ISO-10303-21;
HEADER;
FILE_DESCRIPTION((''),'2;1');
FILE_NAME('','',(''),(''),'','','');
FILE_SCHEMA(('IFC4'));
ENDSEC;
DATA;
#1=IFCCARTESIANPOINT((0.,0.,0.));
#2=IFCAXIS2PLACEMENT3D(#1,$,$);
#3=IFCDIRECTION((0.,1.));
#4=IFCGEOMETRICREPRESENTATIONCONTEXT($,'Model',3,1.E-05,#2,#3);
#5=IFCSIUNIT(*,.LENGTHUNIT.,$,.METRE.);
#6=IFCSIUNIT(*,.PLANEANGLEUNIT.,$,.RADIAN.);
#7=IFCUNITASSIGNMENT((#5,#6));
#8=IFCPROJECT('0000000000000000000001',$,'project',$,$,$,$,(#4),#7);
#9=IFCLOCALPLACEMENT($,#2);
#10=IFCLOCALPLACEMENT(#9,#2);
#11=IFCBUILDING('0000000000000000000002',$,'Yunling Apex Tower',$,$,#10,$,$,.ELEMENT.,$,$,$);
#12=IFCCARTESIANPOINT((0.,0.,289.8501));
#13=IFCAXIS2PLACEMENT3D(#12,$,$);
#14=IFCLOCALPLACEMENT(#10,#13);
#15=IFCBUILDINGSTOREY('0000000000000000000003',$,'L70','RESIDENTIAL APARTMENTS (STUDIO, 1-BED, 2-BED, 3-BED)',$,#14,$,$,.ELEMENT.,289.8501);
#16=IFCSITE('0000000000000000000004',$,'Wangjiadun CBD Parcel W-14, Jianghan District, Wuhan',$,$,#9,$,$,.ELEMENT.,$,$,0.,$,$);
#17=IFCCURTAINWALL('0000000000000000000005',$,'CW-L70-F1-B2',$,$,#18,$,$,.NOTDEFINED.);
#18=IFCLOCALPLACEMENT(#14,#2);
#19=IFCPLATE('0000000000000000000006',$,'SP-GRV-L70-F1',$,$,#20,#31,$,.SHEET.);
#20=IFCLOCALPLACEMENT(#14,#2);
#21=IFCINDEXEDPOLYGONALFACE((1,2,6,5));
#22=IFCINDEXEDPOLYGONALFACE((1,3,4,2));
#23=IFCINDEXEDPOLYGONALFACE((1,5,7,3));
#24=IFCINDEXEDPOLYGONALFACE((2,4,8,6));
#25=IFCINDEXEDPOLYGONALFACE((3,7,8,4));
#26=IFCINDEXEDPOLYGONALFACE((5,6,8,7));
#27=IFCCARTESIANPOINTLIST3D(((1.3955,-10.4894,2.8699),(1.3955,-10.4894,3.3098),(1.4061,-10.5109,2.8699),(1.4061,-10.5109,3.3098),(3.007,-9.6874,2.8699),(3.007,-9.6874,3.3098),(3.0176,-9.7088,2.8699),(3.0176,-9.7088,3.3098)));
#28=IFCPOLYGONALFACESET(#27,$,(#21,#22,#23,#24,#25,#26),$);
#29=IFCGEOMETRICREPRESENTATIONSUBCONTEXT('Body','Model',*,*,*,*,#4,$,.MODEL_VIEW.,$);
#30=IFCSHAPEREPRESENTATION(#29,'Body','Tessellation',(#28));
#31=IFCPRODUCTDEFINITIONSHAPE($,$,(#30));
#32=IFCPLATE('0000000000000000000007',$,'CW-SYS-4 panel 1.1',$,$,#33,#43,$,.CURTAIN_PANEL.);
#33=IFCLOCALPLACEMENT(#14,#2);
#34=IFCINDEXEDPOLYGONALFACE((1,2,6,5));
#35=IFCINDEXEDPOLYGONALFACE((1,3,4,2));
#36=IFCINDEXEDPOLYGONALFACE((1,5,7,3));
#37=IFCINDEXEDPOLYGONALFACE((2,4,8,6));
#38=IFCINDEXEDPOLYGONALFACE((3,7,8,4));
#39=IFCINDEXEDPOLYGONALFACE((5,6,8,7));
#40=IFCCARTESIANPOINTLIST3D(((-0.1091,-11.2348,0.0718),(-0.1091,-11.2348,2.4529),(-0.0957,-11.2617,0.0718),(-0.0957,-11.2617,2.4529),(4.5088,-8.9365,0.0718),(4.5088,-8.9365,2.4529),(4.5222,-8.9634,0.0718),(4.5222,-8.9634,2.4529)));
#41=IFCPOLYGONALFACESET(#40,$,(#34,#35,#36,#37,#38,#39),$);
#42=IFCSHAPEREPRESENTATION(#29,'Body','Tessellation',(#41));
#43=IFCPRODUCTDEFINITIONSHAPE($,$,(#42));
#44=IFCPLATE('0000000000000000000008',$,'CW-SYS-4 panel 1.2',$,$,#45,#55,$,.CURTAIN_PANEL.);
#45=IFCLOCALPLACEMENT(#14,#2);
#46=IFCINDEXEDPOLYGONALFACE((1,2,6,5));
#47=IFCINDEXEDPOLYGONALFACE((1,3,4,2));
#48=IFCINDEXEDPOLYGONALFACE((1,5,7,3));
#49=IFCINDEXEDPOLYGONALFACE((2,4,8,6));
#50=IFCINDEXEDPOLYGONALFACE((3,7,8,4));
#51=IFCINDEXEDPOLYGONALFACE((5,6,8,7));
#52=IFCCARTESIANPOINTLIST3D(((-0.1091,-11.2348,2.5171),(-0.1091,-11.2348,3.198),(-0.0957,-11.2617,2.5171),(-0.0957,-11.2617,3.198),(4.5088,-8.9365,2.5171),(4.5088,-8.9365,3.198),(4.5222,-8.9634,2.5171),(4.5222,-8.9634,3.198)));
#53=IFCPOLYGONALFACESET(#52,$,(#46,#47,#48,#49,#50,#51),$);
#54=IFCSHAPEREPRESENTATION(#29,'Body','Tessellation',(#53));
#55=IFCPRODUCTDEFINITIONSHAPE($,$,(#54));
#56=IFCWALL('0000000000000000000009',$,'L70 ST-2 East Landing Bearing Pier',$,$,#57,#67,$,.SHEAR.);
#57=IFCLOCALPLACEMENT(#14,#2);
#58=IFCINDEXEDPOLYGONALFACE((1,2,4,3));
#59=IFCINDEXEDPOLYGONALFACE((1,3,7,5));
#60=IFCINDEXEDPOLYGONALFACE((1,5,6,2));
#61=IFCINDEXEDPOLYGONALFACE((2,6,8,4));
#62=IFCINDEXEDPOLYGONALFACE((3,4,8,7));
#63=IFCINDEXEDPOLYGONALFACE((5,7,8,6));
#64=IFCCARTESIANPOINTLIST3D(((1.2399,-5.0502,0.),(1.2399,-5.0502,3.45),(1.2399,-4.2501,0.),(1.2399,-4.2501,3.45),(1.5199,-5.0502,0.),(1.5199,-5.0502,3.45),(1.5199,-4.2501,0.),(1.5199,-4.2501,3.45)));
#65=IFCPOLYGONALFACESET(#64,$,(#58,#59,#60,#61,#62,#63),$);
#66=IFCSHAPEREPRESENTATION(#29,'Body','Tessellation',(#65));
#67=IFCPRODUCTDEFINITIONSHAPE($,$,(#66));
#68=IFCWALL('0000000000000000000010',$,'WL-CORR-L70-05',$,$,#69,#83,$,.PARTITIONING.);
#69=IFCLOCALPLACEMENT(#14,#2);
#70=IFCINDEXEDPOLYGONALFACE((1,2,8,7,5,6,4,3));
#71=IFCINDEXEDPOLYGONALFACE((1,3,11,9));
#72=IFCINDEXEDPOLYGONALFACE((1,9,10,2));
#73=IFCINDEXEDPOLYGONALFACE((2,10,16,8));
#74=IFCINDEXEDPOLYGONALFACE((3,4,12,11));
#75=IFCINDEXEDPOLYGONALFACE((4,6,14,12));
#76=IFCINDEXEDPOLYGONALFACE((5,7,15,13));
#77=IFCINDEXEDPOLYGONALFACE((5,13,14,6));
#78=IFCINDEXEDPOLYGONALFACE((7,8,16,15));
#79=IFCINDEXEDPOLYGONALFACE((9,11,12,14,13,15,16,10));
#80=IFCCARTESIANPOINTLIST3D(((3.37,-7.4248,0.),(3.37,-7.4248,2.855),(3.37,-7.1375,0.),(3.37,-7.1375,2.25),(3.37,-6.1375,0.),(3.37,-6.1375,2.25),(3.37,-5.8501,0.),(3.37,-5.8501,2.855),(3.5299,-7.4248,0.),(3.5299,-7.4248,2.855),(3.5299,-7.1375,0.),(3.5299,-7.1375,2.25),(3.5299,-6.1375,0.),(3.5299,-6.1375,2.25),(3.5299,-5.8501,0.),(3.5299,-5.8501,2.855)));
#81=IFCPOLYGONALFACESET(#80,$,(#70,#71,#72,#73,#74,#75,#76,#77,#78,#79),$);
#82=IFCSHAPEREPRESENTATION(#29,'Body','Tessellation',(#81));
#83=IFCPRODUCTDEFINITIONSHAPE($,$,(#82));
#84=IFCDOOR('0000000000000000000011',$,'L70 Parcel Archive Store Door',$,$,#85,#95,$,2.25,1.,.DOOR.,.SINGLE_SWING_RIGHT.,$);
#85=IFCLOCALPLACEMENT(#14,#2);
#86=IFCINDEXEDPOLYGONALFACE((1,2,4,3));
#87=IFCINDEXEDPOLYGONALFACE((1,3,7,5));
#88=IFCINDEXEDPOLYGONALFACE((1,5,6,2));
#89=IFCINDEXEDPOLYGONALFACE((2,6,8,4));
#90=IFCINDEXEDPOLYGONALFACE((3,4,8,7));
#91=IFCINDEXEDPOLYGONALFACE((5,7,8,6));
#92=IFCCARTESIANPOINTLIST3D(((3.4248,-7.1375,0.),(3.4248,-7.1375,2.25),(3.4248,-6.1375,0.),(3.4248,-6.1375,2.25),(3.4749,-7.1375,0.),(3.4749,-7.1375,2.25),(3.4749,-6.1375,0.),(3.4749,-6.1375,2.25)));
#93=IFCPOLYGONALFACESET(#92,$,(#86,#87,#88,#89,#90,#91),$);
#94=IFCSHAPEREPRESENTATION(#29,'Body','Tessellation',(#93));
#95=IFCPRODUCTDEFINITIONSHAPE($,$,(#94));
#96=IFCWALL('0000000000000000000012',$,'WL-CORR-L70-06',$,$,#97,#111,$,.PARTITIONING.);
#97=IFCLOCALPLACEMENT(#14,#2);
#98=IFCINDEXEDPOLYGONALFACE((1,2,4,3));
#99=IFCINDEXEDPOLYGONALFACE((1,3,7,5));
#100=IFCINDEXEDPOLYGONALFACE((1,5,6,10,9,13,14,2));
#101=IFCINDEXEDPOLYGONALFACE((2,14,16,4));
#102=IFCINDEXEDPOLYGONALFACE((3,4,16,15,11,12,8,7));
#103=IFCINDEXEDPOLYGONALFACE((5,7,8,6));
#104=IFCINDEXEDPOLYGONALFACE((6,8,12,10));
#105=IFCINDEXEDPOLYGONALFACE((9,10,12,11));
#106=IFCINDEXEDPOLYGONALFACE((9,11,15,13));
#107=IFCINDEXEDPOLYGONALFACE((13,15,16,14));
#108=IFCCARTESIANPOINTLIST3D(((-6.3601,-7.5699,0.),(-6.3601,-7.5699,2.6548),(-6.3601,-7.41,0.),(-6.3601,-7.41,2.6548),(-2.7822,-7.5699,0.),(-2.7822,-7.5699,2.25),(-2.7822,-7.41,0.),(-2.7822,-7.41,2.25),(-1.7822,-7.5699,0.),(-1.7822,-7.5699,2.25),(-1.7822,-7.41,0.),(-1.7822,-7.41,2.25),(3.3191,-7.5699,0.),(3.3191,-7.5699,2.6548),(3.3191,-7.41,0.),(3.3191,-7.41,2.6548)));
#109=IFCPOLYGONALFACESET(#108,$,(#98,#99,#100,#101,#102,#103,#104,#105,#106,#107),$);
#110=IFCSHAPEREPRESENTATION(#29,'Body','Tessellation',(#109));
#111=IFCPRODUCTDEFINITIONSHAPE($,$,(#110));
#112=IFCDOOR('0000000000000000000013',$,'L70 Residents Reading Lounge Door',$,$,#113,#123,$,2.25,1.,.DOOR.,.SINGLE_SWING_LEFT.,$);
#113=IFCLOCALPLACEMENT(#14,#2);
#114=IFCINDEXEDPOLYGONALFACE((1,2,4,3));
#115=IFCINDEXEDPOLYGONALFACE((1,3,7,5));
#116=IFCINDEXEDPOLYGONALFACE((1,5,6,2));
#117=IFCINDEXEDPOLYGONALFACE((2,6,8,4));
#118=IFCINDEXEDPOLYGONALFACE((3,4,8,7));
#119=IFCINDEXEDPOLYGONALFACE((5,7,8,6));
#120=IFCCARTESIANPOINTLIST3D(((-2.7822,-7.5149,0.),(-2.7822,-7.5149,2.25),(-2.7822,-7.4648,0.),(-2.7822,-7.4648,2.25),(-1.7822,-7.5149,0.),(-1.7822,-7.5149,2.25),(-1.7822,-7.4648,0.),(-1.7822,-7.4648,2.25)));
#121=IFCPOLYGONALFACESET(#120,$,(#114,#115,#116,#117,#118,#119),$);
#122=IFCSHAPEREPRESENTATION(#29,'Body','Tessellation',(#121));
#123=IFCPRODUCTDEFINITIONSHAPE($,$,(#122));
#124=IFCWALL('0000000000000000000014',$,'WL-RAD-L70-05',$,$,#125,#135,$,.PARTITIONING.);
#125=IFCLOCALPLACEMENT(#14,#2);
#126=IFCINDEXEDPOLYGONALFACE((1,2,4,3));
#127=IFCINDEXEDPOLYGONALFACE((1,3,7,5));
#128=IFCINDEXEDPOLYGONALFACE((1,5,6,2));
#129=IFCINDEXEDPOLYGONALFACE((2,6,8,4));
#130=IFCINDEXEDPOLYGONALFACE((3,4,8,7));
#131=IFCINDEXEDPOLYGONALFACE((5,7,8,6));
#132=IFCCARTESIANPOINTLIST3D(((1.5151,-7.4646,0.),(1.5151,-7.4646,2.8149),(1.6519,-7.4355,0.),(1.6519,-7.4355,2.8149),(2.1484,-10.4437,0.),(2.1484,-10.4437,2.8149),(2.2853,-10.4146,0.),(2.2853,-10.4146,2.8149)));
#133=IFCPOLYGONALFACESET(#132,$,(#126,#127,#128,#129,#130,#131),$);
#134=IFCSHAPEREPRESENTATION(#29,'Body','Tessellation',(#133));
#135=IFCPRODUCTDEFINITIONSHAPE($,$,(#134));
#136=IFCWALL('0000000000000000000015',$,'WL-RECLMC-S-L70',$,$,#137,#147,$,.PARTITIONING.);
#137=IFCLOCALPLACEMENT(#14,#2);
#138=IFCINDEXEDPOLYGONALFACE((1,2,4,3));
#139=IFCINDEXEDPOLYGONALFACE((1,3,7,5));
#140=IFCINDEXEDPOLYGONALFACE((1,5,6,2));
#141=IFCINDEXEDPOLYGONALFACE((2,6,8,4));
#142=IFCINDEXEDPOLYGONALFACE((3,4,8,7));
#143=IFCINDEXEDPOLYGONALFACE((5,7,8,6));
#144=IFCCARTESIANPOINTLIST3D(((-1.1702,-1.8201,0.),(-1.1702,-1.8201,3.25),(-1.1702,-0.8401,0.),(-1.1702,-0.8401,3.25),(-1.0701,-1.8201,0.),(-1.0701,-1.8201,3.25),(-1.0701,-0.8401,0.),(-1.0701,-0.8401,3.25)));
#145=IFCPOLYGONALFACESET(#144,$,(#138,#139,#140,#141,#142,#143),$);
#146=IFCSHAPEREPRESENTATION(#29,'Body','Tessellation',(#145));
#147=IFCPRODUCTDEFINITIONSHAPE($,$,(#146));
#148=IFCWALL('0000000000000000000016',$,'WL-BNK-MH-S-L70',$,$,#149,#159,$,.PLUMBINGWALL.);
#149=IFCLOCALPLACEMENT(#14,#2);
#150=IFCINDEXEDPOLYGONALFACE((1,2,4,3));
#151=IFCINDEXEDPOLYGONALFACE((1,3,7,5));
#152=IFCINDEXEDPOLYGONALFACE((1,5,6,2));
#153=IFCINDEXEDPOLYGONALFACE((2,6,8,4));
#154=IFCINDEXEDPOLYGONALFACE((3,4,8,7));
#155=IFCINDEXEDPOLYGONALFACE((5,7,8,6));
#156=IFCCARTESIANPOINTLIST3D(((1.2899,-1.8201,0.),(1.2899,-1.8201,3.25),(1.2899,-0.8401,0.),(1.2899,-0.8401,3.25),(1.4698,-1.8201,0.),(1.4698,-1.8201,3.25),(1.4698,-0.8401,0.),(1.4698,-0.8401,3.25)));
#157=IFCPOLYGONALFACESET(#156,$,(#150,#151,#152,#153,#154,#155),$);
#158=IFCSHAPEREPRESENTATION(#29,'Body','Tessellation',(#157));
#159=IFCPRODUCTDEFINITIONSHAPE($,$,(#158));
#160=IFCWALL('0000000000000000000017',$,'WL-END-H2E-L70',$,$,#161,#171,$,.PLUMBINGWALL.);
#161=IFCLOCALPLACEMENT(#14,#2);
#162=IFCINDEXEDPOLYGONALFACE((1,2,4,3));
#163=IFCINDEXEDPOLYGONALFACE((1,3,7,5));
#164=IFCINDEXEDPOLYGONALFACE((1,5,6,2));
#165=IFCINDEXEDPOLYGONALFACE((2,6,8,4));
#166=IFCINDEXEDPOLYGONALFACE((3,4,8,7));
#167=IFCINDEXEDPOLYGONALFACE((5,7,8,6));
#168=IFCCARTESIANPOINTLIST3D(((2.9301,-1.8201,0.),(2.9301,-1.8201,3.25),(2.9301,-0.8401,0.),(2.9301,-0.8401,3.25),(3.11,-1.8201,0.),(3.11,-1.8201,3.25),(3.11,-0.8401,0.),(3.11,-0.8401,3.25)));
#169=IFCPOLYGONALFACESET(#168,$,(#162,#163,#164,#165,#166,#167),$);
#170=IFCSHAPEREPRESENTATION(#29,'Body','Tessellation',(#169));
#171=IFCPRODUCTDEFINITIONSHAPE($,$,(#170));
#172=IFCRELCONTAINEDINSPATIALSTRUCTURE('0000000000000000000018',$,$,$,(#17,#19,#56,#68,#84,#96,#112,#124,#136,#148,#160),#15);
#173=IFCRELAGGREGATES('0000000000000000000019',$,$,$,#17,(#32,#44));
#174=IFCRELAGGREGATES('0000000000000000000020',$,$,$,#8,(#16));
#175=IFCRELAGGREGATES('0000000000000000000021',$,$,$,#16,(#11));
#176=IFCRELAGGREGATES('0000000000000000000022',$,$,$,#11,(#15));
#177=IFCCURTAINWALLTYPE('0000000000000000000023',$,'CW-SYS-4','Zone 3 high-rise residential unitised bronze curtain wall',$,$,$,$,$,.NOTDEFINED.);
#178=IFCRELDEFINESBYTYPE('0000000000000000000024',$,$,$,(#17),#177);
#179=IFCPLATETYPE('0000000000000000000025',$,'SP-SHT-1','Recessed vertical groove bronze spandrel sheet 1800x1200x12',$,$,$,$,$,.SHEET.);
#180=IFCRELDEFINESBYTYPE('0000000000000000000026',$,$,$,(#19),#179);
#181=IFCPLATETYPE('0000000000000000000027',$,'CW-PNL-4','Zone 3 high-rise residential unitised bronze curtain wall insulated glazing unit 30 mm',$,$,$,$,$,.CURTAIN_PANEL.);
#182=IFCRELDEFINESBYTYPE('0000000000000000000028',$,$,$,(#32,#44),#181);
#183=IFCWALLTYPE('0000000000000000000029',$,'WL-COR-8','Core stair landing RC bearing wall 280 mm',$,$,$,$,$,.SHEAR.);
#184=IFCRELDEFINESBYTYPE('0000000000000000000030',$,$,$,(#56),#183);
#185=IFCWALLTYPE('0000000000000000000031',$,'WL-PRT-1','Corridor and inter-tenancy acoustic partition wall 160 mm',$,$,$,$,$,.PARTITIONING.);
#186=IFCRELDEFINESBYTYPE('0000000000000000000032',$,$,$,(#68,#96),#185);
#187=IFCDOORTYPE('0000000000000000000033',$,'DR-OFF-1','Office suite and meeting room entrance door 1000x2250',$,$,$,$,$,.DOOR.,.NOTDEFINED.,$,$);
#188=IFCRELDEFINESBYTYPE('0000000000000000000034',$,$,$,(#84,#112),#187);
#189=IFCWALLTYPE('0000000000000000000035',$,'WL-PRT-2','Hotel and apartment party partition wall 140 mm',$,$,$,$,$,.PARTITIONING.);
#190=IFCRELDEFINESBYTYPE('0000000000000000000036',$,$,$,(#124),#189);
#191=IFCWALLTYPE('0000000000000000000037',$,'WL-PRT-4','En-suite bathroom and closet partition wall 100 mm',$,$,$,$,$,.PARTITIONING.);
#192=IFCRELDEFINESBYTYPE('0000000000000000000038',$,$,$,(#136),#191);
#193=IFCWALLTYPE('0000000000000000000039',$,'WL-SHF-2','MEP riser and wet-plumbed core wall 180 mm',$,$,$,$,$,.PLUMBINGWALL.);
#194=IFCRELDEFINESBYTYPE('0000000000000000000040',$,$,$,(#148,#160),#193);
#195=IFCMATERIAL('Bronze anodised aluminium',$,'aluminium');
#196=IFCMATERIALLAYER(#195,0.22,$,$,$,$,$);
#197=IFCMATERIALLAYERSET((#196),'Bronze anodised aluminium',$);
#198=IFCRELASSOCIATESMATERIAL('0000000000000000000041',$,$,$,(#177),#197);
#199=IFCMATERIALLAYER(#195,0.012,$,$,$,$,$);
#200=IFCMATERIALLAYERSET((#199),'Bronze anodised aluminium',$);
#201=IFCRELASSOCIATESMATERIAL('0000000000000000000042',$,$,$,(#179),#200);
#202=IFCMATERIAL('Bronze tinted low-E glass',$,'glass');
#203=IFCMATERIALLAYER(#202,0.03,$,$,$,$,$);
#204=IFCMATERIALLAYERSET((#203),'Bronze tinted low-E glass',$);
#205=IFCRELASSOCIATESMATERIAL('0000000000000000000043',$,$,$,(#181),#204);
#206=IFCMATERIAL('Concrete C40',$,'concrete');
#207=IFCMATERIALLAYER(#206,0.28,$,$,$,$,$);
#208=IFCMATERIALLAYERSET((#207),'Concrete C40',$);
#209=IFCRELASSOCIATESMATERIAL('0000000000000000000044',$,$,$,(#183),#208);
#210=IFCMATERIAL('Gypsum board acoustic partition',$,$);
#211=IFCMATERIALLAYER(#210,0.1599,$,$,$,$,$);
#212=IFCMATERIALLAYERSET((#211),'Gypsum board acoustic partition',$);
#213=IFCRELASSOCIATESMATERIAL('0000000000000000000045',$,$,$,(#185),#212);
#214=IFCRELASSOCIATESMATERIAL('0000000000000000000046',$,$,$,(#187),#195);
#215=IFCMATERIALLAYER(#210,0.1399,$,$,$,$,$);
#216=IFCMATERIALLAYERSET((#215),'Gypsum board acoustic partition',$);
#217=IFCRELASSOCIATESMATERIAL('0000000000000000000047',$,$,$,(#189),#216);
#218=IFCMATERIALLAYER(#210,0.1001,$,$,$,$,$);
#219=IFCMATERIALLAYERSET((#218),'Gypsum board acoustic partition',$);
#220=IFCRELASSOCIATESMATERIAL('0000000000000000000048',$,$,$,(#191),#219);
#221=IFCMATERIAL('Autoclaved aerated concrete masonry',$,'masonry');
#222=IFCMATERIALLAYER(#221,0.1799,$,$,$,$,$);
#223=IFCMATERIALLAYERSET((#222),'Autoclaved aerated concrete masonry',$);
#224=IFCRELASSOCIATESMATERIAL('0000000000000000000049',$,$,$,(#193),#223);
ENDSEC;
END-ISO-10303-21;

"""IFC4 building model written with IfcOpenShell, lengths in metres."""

from ifc_helpers import new_model, si_unit, direction, frame, frame_2d, origin, origin_2d, place, context, subcontext, project, spatial, rectangle, extrude, source, transform, mapped, material, layer, layer_set, type_object, element, fill, aggregate, save


model = new_model("IFC4")

# Units and contexts
model_context = context("Model", 3, precision=1e-05, world=origin(), true_north=direction((0.0, 1.0)))
body_context = subcontext(model_context, "Body", "Model", "MODEL_VIEW")
ifc_project = project(units=[si_unit("LENGTHUNIT", "METRE"), si_unit("PLANEANGLEUNIT", "RADIAN")], contexts=[model_context])

# Site, building, storey
site_placement = place(None, origin())
site = spatial("IfcSite", under=ifc_project, at=site_placement, Name="Wangjiadun CBD Parcel W-14, Jianghan District, Wuhan", CompositionType="ELEMENT", RefElevation=0.0)
building_placement = place(site_placement, origin())
building = spatial("IfcBuilding", under=site, at=building_placement, Name="Yunling Apex Tower", CompositionType="ELEMENT")
storey_placement = place(building_placement, frame((0.0, 0.0, 289.8501)))
storey = spatial("IfcBuildingStorey", under=building, at=storey_placement, Name="L70", Description="RESIDENTIAL APARTMENTS (STUDIO, 1-BED, 2-BED, 3-BED)", CompositionType="ELEMENT", Elevation=289.8501)

# Shared definitions
ifc_material_1 = material(Name="Bronze anodised aluminium", Category="aluminium")
ifc_layer_1 = layer(ifc_material_1, 0.22)
ifc_layer_set_1 = layer_set([ifc_layer_1], Name="Bronze anodised aluminium")
curtain_wall_type = type_object("IfcCurtainWallType", Name="CW-SYS-4", Description="Zone 3 high-rise residential unitised bronze curtain wall", PredefinedType="NOTDEFINED", material=ifc_layer_set_1)

# Curtain wall
curtain_wall_1_placement = place(storey_placement, origin())
curtain_wall_1 = element("IfcCurtainWall", 1, at=curtain_wall_1_placement, inside=storey, type_object=curtain_wall_type, Name="CW-L70-F1-B2", PredefinedType="NOTDEFINED")

# Shared definitions
ifc_material_2 = material(Name="Concrete C40", Category="concrete")

# Plates
ifc_layer_2 = layer(ifc_material_1, 0.012)
ifc_layer_set_2 = layer_set([ifc_layer_2], Name="Bronze anodised aluminium")
plate_type_1 = type_object("IfcPlateType", Name="SP-SHT-1", Description="Recessed vertical groove bronze spandrel sheet 1800x1200x12", PredefinedType="SHEET", material=ifc_layer_set_2)
shared_shape_1 = source(origin(), body_context, "Body", "SweptSolid", [
    extrude(rectangle(XDim=1.8, YDim=0.0239, at=origin_2d()), origin(), (0.0, 0.0, 1.0), 0.4399),
])
plate_1_placement = place(storey_placement, frame((2.2065, -10.0991, 2.8699), z_axis=(0.0, 0.0, 1.0), x_axis=(0.895246, 0.445573, 0.0)))
element("IfcPlate", 2, at=plate_1_placement, inside=storey, type_object=plate_type_1, Name="SP-GRV-L70-F1", PredefinedType="SHEET", context=body_context, shape_type="MappedRepresentation", body=[
    mapped(shared_shape_1, transform((0.0, 0.0, 0.0), scale=1.0)),
])
ifc_material_3 = material(Name="Bronze tinted low-E glass", Category="glass")
ifc_layer_3 = layer(ifc_material_3, 0.03)
ifc_layer_set_3 = layer_set([ifc_layer_3], Name="Bronze tinted low-E glass")
plate_type_2 = type_object("IfcPlateType", Name="CW-PNL-4", Description="Zone 3 high-rise residential unitised bronze curtain wall insulated glazing unit 30 mm", PredefinedType="CURTAIN_PANEL", material=ifc_layer_set_3)
shared_shape_2 = source(origin(), body_context, "Body", "SweptSolid", [
    extrude(rectangle(XDim=5.1582, YDim=0.03, at=origin_2d()), origin(), (0.0, 0.0, 1.0), 2.3811),
])
plate_2_placement = place(storey_placement, frame((2.2065, -10.0991, 0.0718), z_axis=(0.0, 0.0, 1.0), x_axis=(0.895252, 0.445561, 0.0)))
plate_2 = element("IfcPlate", 3, at=plate_2_placement, type_object=plate_type_2, Name="CW-SYS-4 panel 1.1", PredefinedType="CURTAIN_PANEL", context=body_context, shape_type="MappedRepresentation", body=[
    mapped(shared_shape_2, transform((0.0, 0.0, 0.0), scale=1.0)),
])
shared_shape_3 = source(origin(), body_context, "Body", "SweptSolid", [
    extrude(rectangle(XDim=5.1582, YDim=0.03, at=origin_2d()), origin(), (0.0, 0.0, 1.0), 0.6809),
])
plate_3_placement = place(storey_placement, frame((2.2065, -10.0991, 2.5171), z_axis=(0.0, 0.0, 1.0), x_axis=(0.895252, 0.445561, 0.0)))
plate_3 = element("IfcPlate", 4, at=plate_3_placement, type_object=plate_type_2, Name="CW-SYS-4 panel 1.2", PredefinedType="CURTAIN_PANEL", context=body_context, shape_type="MappedRepresentation", body=[
    mapped(shared_shape_3, transform((0.0, 0.0, 0.0), scale=1.0)),
])
aggregate(curtain_wall_1, [plate_2, plate_3])

# Wall
ifc_layer_4 = layer(ifc_material_2, 0.28)
ifc_layer_set_4 = layer_set([ifc_layer_4], Name="Concrete C40")
wall_type_1 = type_object("IfcWallType", Name="WL-COR-8", Description="Core stair landing RC bearing wall 280 mm", PredefinedType="SHEAR", material=ifc_layer_set_4)
wall_1_placement = place(storey_placement, frame((1.3799, -5.05, 0.0), z_axis=(0.0, 0.0, 1.0), x_axis=(0.0, 1.0, 0.0)))
element("IfcWall", 5, at=wall_1_placement, inside=storey, type_object=wall_type_1, Name="L70 ST-2 East Landing Bearing Pier", PredefinedType="SHEAR", context=body_context, shape_type="SweptSolid", body=[
    extrude(rectangle(XDim=0.8, YDim=0.28, at=frame_2d((0.3999, 0.0))), origin(), (0.0, 0.0, 1.0), 3.45),
])

# Walls, openings, doors
ifc_material_4 = material(Name="Gypsum board acoustic partition")
ifc_layer_5 = layer(ifc_material_4, 0.1599)
ifc_layer_set_5 = layer_set([ifc_layer_5], Name="Gypsum board acoustic partition")
wall_type_2 = type_object("IfcWallType", Name="WL-PRT-1", Description="Corridor and inter-tenancy acoustic partition wall 160 mm", PredefinedType="PARTITIONING", material=ifc_layer_set_5)
wall_2_placement = place(storey_placement, frame((3.45, -5.8501, 0.0), z_axis=(0.0, 0.0, 1.0), x_axis=(0.0, -1.0, 0.0)))
wall_2 = element("IfcWall", 6, at=wall_2_placement, inside=storey, type_object=wall_type_2, Name="WL-CORR-L70-05", PredefinedType="PARTITIONING", context=body_context, shape_type="SweptSolid", body=[
    extrude(rectangle(XDim=1.5747, YDim=0.1599, at=frame_2d((0.7874, 0.0))), origin(), (0.0, 0.0, 1.0), 2.855),
])
opening_1_placement = place(wall_2_placement, frame((0.2874, 0.0, 0.0)))
opening_1 = element("IfcOpeningElement", 7, at=opening_1_placement, cuts=wall_2, PredefinedType="OPENING", context=body_context, shape_type="SweptSolid", body=[
    extrude(rectangle(XDim=1.0, YDim=2.25, at=frame_2d((0.5, 1.125))), frame((0.0, 0.0898, 0.0), z_axis=(0.0, -1.0, 0.0), x_axis=(1.0, 0.0, 0.0)), (0.0, 0.0, 1.0), 0.1799),
])
door_type_1 = type_object("IfcDoorType", Name="DR-OFF-1", Description="Office suite and meeting room entrance door 1000x2250", OperationType="NOTDEFINED", PredefinedType="DOOR", material=ifc_material_1)
door_1_placement = place(opening_1_placement, origin())
door_1 = element("IfcDoor", 8, at=door_1_placement, inside=storey, type_object=door_type_1, Name="L70 Parcel Archive Store Door", OperationType="SINGLE_SWING_RIGHT", OverallHeight=2.25, OverallWidth=1.0, PredefinedType="DOOR", context=body_context, shape_type="SweptSolid", body=[
    extrude(rectangle(XDim=1.0, YDim=2.25, at=frame_2d((0.5, 1.125))), frame((0.0, 0.0249, 0.0), z_axis=(0.0, -1.0, 0.0), x_axis=(1.0, 0.0, 0.0)), (0.0, 0.0, 1.0), 0.05),
])
fill(opening_1, door_1)
wall_3_placement = place(storey_placement, frame((3.3191, -7.49, 0.0), z_axis=(0.0, 0.0, 1.0), x_axis=(-1.0, 0.0, 0.0)))
wall_3 = element("IfcWall", 9, at=wall_3_placement, inside=storey, type_object=wall_type_2, Name="WL-CORR-L70-06", PredefinedType="PARTITIONING", context=body_context, shape_type="SweptSolid", body=[
    extrude(rectangle(XDim=9.6792, YDim=0.1599, at=frame_2d((4.8396, 0.0))), origin(), (0.0, 0.0, 1.0), 2.6548),
])
opening_2_placement = place(wall_3_placement, frame((5.1013, 0.0, 0.0)))
opening_2 = element("IfcOpeningElement", 10, at=opening_2_placement, cuts=wall_3, PredefinedType="OPENING", context=body_context, shape_type="SweptSolid", body=[
    extrude(rectangle(XDim=1.0, YDim=2.25, at=frame_2d((0.5, 1.125))), frame((0.0, 0.0898, 0.0), z_axis=(0.0, -1.0, 0.0), x_axis=(1.0, 0.0, 0.0)), (0.0, 0.0, 1.0), 0.1799),
])
door_2_placement = place(opening_2_placement, origin())
door_2 = element("IfcDoor", 11, at=door_2_placement, inside=storey, type_object=door_type_1, Name="L70 Residents Reading Lounge Door", OperationType="SINGLE_SWING_LEFT", OverallHeight=2.25, OverallWidth=1.0, PredefinedType="DOOR", context=body_context, shape_type="SweptSolid", body=[
    extrude(rectangle(XDim=1.0, YDim=2.25, at=frame_2d((0.5, 1.125))), frame((0.0, 0.0249, 0.0), z_axis=(0.0, -1.0, 0.0), x_axis=(1.0, 0.0, 0.0)), (0.0, 0.0, 1.0), 0.05),
])
fill(opening_2, door_2)

# Walls
ifc_layer_6 = layer(ifc_material_4, 0.1399)
ifc_layer_set_6 = layer_set([ifc_layer_6], Name="Gypsum board acoustic partition")
wall_type_3 = type_object("IfcWallType", Name="WL-PRT-2", Description="Hotel and apartment party partition wall 140 mm", PredefinedType="PARTITIONING", material=ifc_layer_set_6)
wall_4_placement = place(storey_placement, frame((1.5835, -7.45, 0.0), z_axis=(0.0, 0.0, 1.0), x_axis=(0.207941, -0.978141, 0.0)))
element("IfcWall", 12, at=wall_4_placement, inside=storey, type_object=wall_type_3, Name="WL-RAD-L70-05", PredefinedType="PARTITIONING", context=body_context, shape_type="SweptSolid", body=[
    extrude(rectangle(XDim=3.0457, YDim=0.1399, at=frame_2d((1.5229, 0.0))), origin(), (0.0, 0.0, 1.0), 2.8149),
])
ifc_layer_7 = layer(ifc_material_4, 0.1001)
ifc_layer_set_7 = layer_set([ifc_layer_7], Name="Gypsum board acoustic partition")
wall_type_4 = type_object("IfcWallType", Name="WL-PRT-4", Description="En-suite bathroom and closet partition wall 100 mm", PredefinedType="PARTITIONING", material=ifc_layer_set_7)
wall_5_placement = place(storey_placement, frame((-1.1201, -1.8201, 0.0), z_axis=(0.0, 0.0, 1.0), x_axis=(0.0, 1.0, 0.0)))
element("IfcWall", 13, at=wall_5_placement, inside=storey, type_object=wall_type_4, Name="WL-RECLMC-S-L70", PredefinedType="PARTITIONING", context=body_context, shape_type="SweptSolid", body=[
    extrude(rectangle(XDim=0.98, YDim=0.1001, at=frame_2d((0.49, 0.0))), origin(), (0.0, 0.0, 1.0), 3.25),
])

# Shared definitions
ifc_material_5 = material(Name="Autoclaved aerated concrete masonry", Category="masonry")

# Walls
ifc_layer_8 = layer(ifc_material_5, 0.1799)
ifc_layer_set_8 = layer_set([ifc_layer_8], Name="Autoclaved aerated concrete masonry")
wall_type_5 = type_object("IfcWallType", Name="WL-SHF-2", Description="MEP riser and wet-plumbed core wall 180 mm", PredefinedType="PLUMBINGWALL", material=ifc_layer_set_8)
for number, where, z_axis, x_axis, name in (
    (14, (1.3799, -1.8201, 0.0), (0.0, 0.0, 1.0), (0.0, 1.0, 0.0), "WL-BNK-MH-S-L70"),
    (15, (3.02, -1.8201, 0.0), (0.0, 0.0, 1.0), (0.0, 1.0, 0.0), "WL-END-H2E-L70"),
):
    element("IfcWall", number, at=place(storey_placement, frame(where, z_axis=z_axis, x_axis=x_axis)), inside=storey, type_object=wall_type_5, Name=name, PredefinedType="PLUMBINGWALL", context=body_context, shape_type="SweptSolid", body=[
        extrude(rectangle(XDim=0.98, YDim=0.1799, at=frame_2d((0.49, 0.0))), origin(), (0.0, 0.0, 1.0), 3.25),
    ])

save(model, "model.ifc")
